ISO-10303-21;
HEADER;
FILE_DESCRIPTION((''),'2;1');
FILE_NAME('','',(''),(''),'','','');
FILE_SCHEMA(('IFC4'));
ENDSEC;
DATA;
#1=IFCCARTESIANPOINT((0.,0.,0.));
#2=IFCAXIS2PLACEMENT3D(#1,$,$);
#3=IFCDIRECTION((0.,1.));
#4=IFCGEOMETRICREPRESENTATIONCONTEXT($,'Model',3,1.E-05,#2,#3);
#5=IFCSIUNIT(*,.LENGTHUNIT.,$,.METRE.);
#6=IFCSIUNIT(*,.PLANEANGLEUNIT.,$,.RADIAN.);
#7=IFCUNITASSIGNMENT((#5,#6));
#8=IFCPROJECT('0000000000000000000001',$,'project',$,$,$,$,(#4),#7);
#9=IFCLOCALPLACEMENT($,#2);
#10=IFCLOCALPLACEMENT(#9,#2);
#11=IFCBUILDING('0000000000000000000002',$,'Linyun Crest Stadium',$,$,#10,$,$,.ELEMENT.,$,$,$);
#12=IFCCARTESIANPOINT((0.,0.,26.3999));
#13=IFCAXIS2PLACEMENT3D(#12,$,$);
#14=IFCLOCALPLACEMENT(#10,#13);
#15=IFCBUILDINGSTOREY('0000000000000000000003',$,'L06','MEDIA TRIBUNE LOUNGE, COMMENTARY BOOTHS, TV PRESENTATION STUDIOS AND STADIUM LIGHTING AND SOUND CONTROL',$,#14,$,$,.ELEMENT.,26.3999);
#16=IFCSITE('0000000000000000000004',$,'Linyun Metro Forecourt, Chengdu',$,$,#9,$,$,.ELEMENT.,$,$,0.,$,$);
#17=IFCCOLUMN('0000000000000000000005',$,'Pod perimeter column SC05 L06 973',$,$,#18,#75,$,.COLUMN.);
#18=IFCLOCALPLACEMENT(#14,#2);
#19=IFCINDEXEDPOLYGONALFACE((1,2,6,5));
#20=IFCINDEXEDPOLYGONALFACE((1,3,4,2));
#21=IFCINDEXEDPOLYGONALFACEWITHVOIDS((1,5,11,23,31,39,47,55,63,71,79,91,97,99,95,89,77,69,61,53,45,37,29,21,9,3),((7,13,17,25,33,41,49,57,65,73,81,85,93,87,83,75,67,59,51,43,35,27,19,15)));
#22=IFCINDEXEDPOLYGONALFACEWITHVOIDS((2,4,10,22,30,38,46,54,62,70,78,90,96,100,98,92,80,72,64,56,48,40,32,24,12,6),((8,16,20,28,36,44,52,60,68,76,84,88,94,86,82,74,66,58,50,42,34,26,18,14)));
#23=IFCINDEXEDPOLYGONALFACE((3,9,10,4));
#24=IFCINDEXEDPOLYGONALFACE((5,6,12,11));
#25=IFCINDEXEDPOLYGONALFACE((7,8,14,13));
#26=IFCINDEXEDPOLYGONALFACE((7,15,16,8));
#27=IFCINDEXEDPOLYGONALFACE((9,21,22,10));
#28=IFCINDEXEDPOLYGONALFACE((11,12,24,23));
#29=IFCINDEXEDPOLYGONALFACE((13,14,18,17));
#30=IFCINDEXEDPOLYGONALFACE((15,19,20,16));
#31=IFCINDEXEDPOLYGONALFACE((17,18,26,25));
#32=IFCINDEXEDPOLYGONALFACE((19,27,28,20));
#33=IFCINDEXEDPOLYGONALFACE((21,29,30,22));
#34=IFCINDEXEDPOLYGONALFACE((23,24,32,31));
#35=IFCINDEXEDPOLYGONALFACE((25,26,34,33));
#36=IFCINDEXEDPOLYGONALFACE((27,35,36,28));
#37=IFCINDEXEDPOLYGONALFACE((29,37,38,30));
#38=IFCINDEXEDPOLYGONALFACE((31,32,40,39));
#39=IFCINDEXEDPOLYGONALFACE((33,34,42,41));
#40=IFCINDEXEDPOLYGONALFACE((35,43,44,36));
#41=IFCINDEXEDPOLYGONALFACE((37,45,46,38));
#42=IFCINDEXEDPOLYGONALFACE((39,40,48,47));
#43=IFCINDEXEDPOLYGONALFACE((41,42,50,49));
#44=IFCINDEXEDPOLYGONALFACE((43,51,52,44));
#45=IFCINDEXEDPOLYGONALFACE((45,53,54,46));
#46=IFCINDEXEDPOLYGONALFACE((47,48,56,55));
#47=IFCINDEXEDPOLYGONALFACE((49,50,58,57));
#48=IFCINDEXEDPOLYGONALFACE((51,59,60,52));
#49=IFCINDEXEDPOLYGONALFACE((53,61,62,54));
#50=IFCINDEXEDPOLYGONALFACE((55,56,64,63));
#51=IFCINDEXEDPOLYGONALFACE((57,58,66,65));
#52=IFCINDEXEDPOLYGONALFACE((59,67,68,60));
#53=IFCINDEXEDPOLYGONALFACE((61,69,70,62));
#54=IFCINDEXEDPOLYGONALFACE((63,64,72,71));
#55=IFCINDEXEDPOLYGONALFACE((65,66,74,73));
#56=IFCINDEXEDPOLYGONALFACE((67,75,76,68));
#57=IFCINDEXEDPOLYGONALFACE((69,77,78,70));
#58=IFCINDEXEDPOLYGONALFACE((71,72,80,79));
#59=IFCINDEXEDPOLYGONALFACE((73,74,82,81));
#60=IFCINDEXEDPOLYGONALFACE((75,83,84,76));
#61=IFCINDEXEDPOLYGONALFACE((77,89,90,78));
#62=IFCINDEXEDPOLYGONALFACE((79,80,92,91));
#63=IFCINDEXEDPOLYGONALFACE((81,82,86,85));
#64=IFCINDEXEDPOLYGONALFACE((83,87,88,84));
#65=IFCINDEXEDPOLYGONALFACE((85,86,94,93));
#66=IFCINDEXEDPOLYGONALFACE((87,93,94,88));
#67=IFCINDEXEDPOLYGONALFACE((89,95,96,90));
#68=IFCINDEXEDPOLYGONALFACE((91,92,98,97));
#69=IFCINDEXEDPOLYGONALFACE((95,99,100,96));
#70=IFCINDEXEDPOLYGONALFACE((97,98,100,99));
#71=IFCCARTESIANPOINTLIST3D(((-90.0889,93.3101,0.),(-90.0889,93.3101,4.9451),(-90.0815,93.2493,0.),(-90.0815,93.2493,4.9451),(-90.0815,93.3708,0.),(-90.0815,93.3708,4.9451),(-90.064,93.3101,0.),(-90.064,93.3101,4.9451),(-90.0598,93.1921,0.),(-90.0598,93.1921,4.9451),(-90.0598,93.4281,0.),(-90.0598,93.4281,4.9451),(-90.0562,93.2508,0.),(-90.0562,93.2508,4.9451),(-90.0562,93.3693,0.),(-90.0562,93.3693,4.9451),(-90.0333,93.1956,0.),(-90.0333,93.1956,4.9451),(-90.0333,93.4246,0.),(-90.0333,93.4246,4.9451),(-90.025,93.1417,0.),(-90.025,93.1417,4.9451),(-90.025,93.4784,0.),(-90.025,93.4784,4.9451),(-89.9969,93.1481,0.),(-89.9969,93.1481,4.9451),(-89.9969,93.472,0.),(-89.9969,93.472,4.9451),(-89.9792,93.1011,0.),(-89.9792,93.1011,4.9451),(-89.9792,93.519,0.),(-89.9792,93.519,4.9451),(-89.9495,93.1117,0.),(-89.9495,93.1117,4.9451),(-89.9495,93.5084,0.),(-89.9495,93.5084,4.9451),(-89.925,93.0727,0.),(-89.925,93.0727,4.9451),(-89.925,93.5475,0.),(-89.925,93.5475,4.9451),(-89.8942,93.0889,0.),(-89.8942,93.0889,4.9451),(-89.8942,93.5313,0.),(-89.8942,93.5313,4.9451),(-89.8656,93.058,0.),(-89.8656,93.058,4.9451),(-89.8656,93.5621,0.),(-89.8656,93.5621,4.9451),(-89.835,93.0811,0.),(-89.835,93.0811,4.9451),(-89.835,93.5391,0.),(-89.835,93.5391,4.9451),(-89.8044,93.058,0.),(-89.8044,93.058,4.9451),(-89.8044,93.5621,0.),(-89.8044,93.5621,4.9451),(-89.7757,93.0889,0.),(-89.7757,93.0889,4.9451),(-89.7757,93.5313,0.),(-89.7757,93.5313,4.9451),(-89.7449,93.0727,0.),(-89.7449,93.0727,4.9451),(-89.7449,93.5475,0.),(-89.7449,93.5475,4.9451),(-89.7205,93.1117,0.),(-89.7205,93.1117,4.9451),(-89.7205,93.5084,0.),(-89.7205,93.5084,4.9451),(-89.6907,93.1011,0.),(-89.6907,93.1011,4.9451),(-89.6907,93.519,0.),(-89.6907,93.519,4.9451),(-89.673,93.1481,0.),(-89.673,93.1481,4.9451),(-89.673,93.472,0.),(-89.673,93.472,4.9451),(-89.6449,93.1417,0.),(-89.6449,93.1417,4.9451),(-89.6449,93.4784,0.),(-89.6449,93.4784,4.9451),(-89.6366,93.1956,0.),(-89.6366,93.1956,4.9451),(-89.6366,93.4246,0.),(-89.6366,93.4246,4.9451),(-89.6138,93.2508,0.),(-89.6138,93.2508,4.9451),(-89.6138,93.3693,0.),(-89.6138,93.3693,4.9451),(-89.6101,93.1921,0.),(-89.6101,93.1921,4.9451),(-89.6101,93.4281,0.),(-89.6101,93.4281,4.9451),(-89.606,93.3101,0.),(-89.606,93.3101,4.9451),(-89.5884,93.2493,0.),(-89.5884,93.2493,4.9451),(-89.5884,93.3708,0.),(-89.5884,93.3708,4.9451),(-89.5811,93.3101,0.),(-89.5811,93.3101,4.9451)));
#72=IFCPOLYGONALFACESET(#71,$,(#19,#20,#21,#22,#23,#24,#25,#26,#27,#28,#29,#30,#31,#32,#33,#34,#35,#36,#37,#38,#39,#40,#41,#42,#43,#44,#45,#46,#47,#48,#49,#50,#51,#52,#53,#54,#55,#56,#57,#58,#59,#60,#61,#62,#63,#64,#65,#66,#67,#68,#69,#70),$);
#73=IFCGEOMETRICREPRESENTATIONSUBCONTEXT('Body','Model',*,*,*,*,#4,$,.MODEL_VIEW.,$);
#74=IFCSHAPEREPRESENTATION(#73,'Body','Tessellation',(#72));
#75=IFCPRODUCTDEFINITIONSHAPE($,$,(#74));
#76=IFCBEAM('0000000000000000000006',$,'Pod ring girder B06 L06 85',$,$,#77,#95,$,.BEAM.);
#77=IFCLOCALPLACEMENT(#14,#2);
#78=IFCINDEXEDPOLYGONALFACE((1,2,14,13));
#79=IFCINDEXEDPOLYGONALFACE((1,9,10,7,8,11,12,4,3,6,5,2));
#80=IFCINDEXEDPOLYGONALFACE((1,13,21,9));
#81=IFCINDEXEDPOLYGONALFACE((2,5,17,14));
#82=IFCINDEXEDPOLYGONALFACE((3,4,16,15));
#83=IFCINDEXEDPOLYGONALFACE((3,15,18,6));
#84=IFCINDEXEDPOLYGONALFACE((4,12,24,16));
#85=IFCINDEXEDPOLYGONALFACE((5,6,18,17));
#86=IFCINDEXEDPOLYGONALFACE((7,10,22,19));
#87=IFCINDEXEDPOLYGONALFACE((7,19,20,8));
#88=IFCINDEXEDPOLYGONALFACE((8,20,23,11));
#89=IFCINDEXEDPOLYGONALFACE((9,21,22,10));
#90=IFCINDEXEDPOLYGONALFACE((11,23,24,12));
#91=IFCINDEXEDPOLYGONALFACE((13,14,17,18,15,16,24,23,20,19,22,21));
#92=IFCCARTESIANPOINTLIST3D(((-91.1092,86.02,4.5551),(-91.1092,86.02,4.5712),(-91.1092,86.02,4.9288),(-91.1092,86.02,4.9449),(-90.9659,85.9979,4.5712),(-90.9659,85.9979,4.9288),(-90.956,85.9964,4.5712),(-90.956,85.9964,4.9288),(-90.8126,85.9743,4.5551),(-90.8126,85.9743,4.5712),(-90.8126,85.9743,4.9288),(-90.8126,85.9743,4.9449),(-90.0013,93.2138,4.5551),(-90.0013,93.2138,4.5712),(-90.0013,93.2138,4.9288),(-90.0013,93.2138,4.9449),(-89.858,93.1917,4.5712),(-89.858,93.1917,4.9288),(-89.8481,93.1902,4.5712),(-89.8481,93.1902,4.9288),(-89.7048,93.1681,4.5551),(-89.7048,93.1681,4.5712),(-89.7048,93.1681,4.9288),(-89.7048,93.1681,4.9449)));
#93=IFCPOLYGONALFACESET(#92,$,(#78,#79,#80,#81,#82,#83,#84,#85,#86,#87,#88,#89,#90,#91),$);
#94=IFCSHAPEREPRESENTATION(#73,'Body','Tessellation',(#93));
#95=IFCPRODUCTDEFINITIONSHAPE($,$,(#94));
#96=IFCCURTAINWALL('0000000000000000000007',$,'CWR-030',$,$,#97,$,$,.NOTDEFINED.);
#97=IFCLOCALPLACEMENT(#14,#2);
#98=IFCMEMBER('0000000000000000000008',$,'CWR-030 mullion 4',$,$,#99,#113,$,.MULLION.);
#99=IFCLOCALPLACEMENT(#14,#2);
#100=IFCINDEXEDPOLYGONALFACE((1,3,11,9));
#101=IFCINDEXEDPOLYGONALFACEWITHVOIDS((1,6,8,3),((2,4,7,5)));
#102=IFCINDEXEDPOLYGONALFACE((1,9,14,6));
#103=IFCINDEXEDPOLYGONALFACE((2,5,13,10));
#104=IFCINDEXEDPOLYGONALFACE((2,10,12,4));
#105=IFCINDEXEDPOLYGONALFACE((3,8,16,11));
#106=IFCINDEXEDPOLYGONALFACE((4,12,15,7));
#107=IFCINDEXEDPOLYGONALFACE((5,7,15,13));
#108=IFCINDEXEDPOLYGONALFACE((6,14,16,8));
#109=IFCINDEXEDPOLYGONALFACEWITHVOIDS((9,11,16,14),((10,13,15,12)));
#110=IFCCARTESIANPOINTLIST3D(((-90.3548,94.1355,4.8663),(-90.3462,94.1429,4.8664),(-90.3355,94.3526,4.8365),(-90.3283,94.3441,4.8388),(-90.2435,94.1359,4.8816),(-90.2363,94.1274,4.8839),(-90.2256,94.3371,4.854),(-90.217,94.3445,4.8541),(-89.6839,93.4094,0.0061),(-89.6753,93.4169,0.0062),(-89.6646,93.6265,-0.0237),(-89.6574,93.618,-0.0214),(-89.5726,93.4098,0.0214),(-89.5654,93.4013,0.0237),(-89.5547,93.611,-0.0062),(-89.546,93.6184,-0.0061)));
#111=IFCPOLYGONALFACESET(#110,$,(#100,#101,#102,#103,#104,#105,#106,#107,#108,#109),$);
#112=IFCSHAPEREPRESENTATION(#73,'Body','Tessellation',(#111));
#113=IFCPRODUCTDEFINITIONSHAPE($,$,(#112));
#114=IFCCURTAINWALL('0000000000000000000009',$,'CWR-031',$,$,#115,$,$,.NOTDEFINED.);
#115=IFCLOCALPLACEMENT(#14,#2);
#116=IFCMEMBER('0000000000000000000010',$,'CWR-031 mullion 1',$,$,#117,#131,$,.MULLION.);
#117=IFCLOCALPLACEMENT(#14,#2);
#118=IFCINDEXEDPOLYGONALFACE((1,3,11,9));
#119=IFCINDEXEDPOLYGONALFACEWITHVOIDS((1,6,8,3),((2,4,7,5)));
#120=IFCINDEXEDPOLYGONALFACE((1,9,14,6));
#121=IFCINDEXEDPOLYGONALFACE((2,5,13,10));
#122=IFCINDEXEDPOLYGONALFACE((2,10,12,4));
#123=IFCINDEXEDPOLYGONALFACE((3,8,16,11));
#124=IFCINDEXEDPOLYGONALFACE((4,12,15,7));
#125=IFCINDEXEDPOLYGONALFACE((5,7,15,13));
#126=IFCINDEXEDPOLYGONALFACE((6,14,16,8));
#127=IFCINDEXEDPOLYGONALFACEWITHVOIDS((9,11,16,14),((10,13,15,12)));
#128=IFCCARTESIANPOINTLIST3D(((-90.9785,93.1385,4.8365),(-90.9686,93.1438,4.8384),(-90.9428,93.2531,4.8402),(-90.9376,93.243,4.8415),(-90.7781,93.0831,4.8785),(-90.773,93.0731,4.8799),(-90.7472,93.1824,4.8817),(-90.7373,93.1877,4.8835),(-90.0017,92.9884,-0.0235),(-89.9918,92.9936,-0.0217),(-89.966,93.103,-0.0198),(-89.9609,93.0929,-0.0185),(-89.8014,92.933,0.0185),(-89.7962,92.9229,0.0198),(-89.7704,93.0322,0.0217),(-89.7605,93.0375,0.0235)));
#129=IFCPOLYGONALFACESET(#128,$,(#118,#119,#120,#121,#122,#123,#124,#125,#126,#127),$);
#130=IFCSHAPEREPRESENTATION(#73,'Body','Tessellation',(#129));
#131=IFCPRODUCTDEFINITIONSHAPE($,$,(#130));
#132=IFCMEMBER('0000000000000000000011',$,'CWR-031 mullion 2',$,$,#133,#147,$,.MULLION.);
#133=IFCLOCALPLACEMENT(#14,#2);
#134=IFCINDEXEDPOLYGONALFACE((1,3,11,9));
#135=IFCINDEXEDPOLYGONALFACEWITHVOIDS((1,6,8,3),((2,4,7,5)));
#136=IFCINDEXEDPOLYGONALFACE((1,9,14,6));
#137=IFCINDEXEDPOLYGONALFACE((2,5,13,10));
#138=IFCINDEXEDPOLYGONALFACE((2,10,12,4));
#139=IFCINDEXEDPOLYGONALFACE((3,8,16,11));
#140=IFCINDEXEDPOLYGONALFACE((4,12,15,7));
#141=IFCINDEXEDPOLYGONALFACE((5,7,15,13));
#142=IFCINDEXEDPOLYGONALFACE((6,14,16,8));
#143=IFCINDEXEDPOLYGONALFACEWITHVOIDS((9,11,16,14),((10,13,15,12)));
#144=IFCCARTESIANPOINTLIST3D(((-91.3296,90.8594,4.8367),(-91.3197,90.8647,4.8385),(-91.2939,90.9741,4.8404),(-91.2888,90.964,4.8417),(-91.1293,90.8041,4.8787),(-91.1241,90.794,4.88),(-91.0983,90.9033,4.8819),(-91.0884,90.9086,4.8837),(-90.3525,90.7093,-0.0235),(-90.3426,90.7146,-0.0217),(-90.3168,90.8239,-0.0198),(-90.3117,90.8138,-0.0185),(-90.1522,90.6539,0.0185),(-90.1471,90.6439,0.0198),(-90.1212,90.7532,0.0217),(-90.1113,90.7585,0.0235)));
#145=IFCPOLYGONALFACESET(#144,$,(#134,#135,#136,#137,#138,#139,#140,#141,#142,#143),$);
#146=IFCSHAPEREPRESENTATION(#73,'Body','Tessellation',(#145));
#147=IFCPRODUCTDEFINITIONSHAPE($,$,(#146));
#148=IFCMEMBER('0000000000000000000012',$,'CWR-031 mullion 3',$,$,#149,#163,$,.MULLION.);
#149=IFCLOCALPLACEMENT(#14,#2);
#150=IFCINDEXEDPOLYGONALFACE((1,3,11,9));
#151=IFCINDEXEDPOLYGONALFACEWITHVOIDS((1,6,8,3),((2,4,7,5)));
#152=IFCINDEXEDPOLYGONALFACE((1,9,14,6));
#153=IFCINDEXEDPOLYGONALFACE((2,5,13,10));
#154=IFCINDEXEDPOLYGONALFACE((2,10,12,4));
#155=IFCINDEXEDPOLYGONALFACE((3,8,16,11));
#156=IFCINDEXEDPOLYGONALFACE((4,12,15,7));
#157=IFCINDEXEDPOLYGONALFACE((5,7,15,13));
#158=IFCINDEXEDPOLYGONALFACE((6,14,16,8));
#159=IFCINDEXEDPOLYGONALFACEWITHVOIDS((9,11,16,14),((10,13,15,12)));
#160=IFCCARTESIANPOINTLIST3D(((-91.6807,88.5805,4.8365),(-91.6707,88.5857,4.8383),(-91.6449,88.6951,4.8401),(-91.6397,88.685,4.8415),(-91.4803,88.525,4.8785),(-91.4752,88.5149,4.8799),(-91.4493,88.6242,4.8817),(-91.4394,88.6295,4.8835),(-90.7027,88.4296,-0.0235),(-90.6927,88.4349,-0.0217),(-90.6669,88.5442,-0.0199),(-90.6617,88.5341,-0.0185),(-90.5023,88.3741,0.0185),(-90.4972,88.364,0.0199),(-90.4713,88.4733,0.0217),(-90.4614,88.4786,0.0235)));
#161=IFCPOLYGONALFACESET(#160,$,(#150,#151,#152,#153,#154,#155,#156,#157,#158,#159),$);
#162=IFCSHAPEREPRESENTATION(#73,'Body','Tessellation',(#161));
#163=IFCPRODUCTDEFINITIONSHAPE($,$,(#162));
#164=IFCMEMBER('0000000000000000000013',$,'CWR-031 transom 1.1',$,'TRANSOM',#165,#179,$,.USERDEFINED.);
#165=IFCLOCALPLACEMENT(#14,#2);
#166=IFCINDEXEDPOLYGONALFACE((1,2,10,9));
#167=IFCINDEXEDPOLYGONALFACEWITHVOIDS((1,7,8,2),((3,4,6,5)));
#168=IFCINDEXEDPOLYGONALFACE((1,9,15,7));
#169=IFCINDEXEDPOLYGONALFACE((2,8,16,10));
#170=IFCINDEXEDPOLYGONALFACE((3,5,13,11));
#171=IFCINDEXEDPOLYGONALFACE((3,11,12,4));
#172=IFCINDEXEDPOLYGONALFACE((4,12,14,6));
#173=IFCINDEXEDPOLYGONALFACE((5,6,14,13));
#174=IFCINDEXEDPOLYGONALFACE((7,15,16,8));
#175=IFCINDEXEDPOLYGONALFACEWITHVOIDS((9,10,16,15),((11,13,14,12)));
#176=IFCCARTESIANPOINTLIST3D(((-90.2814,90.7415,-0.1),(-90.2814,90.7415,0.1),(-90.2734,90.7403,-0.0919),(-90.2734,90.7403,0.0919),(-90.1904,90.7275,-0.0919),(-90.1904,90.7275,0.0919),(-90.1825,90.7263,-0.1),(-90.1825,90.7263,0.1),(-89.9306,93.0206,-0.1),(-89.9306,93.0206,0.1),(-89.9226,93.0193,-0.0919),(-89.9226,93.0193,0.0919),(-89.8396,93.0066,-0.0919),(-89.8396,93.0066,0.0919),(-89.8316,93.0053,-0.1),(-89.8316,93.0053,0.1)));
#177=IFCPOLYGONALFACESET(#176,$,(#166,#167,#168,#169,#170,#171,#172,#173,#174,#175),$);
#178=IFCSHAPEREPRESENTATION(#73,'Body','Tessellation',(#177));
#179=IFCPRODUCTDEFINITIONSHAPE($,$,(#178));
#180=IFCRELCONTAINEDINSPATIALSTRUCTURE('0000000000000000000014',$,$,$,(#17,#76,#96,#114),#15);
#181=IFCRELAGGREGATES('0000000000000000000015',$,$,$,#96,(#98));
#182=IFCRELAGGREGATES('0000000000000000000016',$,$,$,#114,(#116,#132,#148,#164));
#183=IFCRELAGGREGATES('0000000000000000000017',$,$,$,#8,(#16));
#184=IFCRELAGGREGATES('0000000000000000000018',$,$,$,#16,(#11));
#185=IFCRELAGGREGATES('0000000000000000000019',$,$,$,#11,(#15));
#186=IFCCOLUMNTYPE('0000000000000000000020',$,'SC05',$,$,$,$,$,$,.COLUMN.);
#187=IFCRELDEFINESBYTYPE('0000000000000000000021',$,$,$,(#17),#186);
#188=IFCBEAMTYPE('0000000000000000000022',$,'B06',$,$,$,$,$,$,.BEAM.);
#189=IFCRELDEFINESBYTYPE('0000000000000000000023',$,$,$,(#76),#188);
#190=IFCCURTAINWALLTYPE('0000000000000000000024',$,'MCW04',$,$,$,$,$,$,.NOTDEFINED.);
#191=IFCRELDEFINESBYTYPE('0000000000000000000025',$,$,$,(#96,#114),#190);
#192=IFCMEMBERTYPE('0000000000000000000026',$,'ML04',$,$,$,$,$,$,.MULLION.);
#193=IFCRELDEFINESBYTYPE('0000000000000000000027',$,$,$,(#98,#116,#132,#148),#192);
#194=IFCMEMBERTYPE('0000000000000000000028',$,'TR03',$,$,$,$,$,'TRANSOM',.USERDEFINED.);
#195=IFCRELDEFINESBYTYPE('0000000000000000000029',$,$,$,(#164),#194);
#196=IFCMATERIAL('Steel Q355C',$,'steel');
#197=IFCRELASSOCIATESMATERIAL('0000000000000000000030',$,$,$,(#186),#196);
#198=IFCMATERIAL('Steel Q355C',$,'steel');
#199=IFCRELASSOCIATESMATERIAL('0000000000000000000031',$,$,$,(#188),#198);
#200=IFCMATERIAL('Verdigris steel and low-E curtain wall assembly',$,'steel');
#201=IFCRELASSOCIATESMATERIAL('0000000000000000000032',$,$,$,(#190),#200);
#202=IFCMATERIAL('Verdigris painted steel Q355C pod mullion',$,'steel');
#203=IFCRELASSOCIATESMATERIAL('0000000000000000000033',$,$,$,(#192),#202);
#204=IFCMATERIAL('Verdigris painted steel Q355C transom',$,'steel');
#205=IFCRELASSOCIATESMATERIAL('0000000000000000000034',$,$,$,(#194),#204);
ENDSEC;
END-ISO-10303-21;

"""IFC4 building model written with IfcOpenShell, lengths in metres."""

from ifc_helpers import new_model, si_unit, direction, frame, origin, origin_2d, place, context, subcontext, project, spatial, hollow_rectangle, hollow_circle, i_section, extrude, material, material_profile, profile_set, type_object, element, aggregate, save


model = new_model("IFC4")

# Units and contexts
model_context = context("Model", 3, precision=1e-05, world=origin(), true_north=direction((0.0, 1.0)))
body_context = subcontext(model_context, "Body", "Model", "MODEL_VIEW")
ifc_project = project(units=[si_unit("LENGTHUNIT", "METRE"), si_unit("PLANEANGLEUNIT", "RADIAN")], contexts=[model_context])

# Site, building, storey
site_placement = place(None, origin())
site = spatial("IfcSite", under=ifc_project, at=site_placement, Name="Linyun Metro Forecourt, Chengdu", CompositionType="ELEMENT", RefElevation=0.0)
building_placement = place(site_placement, origin())
building = spatial("IfcBuilding", under=site, at=building_placement, Name="Linyun Crest Stadium", CompositionType="ELEMENT")
storey_placement = place(building_placement, frame((0.0, 0.0, 26.3999)))
storey = spatial("IfcBuildingStorey", under=building, at=storey_placement, Name="L06", Description="MEDIA TRIBUNE LOUNGE, COMMENTARY BOOTHS, TV PRESENTATION STUDIOS AND STADIUM LIGHTING AND SOUND CONTROL", CompositionType="ELEMENT", Elevation=26.3999)

# Column
ifc_material_1 = material(Name="Steel Q355C", Category="steel")
ifc_material_profile_1 = material_profile(ifc_material_1, hollow_circle(Radius=0.2539, WallThickness=0.0249, at=origin_2d()), Name="CHS 508x25")
ifc_profile_set_1 = profile_set([ifc_material_profile_1], Name="Steel Q355C")
column_type = type_object("IfcColumnType", Name="SC05", PredefinedType="COLUMN", material=ifc_profile_set_1)
column_placement = place(storey_placement, frame((-89.835, 93.3101, 0.0), z_axis=(0.0, 0.0, 1.0), x_axis=(1.0, 0.0, 0.0)))
element("IfcColumn", 1, at=column_placement, inside=storey, type_object=column_type, Name="Pod perimeter column SC05 L06 973", PredefinedType="COLUMN", context=body_context, shape_type="SweptSolid", body=[
    extrude(hollow_circle(Radius=0.2539, WallThickness=0.0249, at=origin_2d()), origin(), (0.0, 0.0, 1.0), 4.9451),
])

# Beam
ifc_material_2 = material(Name="Steel Q355C", Category="steel")
ifc_material_profile_2 = material_profile(ifc_material_2, i_section(OverallWidth=0.3, OverallDepth=0.3899, WebThickness=0.01, FlangeThickness=0.0161, at=origin_2d()), Name="HM 390x300")
ifc_profile_set_2 = profile_set([ifc_material_profile_2], Name="Steel Q355C")
beam_type = type_object("IfcBeamType", Name="B06", PredefinedType="BEAM", material=ifc_profile_set_2)
beam_placement = place(storey_placement, frame((-89.853, 93.1909, 4.75), z_axis=(-0.152213, -0.988348, 0.0), x_axis=(0.988348, -0.152213, 0.0)))
element("IfcBeam", 2, at=beam_placement, inside=storey, type_object=beam_type, Name="Pod ring girder B06 L06 85", PredefinedType="BEAM", context=body_context, shape_type="SweptSolid", body=[
    extrude(i_section(OverallWidth=0.3, OverallDepth=0.3899, WebThickness=0.01, FlangeThickness=0.0161, at=origin_2d()), origin(), (0.0, 0.0, 1.0), 7.2786),
])

# Curtain wall, member
ifc_material_3 = material(Name="Verdigris steel and low-E curtain wall assembly", Category="steel")
curtain_wall_type = type_object("IfcCurtainWallType", Name="MCW04", PredefinedType="NOTDEFINED", material=ifc_material_3)
curtain_wall_1_placement = place(storey_placement, origin())
curtain_wall_1 = element("IfcCurtainWall", 3, at=curtain_wall_1_placement, inside=storey, type_object=curtain_wall_type, Name="CWR-030", PredefinedType="NOTDEFINED")
ifc_material_4 = material(Name="Verdigris painted steel Q355C pod mullion", Category="steel")
ifc_material_profile_3 = material_profile(ifc_material_4, hollow_rectangle(XDim=0.1201, YDim=0.22, WallThickness=0.0081, at=origin_2d()), Name="RHS 220x120x8")
ifc_profile_set_3 = profile_set([ifc_material_profile_3], Name="Verdigris painted steel Q355C pod mullion")
member_type_1 = type_object("IfcMemberType", Name="ML04", PredefinedType="MULLION", material=ifc_profile_set_3)
member_1_placement = place(storey_placement, frame((-89.615, 93.5139, 0.0), z_axis=(-0.135272, 0.146397, 0.979933), x_axis=(-0.986901, 0.067842, -0.146369)))
member_1 = element("IfcMember", 4, at=member_1_placement, type_object=member_type_1, Name="CWR-030 mullion 4", PredefinedType="MULLION", context=body_context, shape_type="SweptSolid", body=[
    extrude(hollow_rectangle(XDim=0.1201, YDim=0.22, WallThickness=0.0081, at=origin_2d()), origin(), (0.0, 0.0, 1.0), 4.9597),
])

# Curtain wall, members
curtain_wall_2_placement = place(storey_placement, origin())
curtain_wall_2 = element("IfcCurtainWall", 5, at=curtain_wall_2_placement, inside=storey, type_object=curtain_wall_type, Name="CWR-031", PredefinedType="NOTDEFINED")
member_2_placement = place(storey_placement, frame((-89.8811, 93.0129, 0.0), z_axis=(-0.196954, 0.030274, 0.979945), x_axis=(-0.297501, -0.95424, -0.030313)))
member_2 = element("IfcMember", 6, at=member_2_placement, type_object=member_type_1, Name="CWR-031 mullion 1", PredefinedType="MULLION", context=body_context, shape_type="SweptSolid", body=[
    extrude(hollow_rectangle(XDim=0.1201, YDim=0.22, WallThickness=0.0081, at=origin_2d()), origin(), (0.0, 0.0, 1.0), 4.9595),
])
member_3_placement = place(storey_placement, frame((-90.2319, 90.7339, 0.0), z_axis=(-0.197001, 0.030274, 0.979936), x_axis=(-0.297464, -0.954251, -0.03032)))
member_3 = element("IfcMember", 7, at=member_3_placement, type_object=member_type_1, Name="CWR-031 mullion 2", PredefinedType="MULLION", context=body_context, shape_type="SweptSolid", body=[
    extrude(hollow_rectangle(XDim=0.1201, YDim=0.22, WallThickness=0.0081, at=origin_2d()), origin(), (0.0, 0.0, 1.0), 4.9597),
])
member_4_placement = place(storey_placement, frame((-90.582, 88.4541, 0.0), z_axis=(-0.19719, 0.03042, 0.979893), x_axis=(-0.298013, -0.954079, -0.030352)))
member_4 = element("IfcMember", 8, at=member_4_placement, type_object=member_type_1, Name="CWR-031 mullion 3", PredefinedType="MULLION", context=body_context, shape_type="SweptSolid", body=[
    extrude(hollow_rectangle(XDim=0.1201, YDim=0.22, WallThickness=0.0081, at=origin_2d()), origin(), (0.0, 0.0, 1.0), 4.9597),
])
ifc_material_5 = material(Name="Verdigris painted steel Q355C transom", Category="steel")
ifc_material_profile_4 = material_profile(ifc_material_5, hollow_rectangle(XDim=0.1001, YDim=0.2, WallThickness=0.0081, at=origin_2d()), Name="RHS 200x100x8")
ifc_profile_set_4 = profile_set([ifc_material_profile_4], Name="Verdigris painted steel Q355C transom")
member_type_2 = type_object("IfcMemberType", Name="TR03", ElementType="TRANSOM", PredefinedType="USERDEFINED", material=ifc_profile_set_4)
member_5_placement = place(storey_placement, frame((-89.8811, 93.0129, 0.0), z_axis=(-0.152145, -0.988358, 0.0), x_axis=(0.988358, -0.152145, 0.0)))
member_5 = element("IfcMember", 9, at=member_5_placement, type_object=member_type_2, Name="CWR-031 transom 1.1", ObjectType="TRANSOM", PredefinedType="USERDEFINED", context=body_context, shape_type="SweptSolid", body=[
    extrude(hollow_rectangle(XDim=0.1001, YDim=0.2, WallThickness=0.0081, at=origin_2d()), origin(), (0.0, 0.0, 1.0), 2.3059),
])

aggregate(curtain_wall_1, [member_1])
aggregate(curtain_wall_2, [member_2, member_3, member_4, member_5])

save(model, "model.ifc")
